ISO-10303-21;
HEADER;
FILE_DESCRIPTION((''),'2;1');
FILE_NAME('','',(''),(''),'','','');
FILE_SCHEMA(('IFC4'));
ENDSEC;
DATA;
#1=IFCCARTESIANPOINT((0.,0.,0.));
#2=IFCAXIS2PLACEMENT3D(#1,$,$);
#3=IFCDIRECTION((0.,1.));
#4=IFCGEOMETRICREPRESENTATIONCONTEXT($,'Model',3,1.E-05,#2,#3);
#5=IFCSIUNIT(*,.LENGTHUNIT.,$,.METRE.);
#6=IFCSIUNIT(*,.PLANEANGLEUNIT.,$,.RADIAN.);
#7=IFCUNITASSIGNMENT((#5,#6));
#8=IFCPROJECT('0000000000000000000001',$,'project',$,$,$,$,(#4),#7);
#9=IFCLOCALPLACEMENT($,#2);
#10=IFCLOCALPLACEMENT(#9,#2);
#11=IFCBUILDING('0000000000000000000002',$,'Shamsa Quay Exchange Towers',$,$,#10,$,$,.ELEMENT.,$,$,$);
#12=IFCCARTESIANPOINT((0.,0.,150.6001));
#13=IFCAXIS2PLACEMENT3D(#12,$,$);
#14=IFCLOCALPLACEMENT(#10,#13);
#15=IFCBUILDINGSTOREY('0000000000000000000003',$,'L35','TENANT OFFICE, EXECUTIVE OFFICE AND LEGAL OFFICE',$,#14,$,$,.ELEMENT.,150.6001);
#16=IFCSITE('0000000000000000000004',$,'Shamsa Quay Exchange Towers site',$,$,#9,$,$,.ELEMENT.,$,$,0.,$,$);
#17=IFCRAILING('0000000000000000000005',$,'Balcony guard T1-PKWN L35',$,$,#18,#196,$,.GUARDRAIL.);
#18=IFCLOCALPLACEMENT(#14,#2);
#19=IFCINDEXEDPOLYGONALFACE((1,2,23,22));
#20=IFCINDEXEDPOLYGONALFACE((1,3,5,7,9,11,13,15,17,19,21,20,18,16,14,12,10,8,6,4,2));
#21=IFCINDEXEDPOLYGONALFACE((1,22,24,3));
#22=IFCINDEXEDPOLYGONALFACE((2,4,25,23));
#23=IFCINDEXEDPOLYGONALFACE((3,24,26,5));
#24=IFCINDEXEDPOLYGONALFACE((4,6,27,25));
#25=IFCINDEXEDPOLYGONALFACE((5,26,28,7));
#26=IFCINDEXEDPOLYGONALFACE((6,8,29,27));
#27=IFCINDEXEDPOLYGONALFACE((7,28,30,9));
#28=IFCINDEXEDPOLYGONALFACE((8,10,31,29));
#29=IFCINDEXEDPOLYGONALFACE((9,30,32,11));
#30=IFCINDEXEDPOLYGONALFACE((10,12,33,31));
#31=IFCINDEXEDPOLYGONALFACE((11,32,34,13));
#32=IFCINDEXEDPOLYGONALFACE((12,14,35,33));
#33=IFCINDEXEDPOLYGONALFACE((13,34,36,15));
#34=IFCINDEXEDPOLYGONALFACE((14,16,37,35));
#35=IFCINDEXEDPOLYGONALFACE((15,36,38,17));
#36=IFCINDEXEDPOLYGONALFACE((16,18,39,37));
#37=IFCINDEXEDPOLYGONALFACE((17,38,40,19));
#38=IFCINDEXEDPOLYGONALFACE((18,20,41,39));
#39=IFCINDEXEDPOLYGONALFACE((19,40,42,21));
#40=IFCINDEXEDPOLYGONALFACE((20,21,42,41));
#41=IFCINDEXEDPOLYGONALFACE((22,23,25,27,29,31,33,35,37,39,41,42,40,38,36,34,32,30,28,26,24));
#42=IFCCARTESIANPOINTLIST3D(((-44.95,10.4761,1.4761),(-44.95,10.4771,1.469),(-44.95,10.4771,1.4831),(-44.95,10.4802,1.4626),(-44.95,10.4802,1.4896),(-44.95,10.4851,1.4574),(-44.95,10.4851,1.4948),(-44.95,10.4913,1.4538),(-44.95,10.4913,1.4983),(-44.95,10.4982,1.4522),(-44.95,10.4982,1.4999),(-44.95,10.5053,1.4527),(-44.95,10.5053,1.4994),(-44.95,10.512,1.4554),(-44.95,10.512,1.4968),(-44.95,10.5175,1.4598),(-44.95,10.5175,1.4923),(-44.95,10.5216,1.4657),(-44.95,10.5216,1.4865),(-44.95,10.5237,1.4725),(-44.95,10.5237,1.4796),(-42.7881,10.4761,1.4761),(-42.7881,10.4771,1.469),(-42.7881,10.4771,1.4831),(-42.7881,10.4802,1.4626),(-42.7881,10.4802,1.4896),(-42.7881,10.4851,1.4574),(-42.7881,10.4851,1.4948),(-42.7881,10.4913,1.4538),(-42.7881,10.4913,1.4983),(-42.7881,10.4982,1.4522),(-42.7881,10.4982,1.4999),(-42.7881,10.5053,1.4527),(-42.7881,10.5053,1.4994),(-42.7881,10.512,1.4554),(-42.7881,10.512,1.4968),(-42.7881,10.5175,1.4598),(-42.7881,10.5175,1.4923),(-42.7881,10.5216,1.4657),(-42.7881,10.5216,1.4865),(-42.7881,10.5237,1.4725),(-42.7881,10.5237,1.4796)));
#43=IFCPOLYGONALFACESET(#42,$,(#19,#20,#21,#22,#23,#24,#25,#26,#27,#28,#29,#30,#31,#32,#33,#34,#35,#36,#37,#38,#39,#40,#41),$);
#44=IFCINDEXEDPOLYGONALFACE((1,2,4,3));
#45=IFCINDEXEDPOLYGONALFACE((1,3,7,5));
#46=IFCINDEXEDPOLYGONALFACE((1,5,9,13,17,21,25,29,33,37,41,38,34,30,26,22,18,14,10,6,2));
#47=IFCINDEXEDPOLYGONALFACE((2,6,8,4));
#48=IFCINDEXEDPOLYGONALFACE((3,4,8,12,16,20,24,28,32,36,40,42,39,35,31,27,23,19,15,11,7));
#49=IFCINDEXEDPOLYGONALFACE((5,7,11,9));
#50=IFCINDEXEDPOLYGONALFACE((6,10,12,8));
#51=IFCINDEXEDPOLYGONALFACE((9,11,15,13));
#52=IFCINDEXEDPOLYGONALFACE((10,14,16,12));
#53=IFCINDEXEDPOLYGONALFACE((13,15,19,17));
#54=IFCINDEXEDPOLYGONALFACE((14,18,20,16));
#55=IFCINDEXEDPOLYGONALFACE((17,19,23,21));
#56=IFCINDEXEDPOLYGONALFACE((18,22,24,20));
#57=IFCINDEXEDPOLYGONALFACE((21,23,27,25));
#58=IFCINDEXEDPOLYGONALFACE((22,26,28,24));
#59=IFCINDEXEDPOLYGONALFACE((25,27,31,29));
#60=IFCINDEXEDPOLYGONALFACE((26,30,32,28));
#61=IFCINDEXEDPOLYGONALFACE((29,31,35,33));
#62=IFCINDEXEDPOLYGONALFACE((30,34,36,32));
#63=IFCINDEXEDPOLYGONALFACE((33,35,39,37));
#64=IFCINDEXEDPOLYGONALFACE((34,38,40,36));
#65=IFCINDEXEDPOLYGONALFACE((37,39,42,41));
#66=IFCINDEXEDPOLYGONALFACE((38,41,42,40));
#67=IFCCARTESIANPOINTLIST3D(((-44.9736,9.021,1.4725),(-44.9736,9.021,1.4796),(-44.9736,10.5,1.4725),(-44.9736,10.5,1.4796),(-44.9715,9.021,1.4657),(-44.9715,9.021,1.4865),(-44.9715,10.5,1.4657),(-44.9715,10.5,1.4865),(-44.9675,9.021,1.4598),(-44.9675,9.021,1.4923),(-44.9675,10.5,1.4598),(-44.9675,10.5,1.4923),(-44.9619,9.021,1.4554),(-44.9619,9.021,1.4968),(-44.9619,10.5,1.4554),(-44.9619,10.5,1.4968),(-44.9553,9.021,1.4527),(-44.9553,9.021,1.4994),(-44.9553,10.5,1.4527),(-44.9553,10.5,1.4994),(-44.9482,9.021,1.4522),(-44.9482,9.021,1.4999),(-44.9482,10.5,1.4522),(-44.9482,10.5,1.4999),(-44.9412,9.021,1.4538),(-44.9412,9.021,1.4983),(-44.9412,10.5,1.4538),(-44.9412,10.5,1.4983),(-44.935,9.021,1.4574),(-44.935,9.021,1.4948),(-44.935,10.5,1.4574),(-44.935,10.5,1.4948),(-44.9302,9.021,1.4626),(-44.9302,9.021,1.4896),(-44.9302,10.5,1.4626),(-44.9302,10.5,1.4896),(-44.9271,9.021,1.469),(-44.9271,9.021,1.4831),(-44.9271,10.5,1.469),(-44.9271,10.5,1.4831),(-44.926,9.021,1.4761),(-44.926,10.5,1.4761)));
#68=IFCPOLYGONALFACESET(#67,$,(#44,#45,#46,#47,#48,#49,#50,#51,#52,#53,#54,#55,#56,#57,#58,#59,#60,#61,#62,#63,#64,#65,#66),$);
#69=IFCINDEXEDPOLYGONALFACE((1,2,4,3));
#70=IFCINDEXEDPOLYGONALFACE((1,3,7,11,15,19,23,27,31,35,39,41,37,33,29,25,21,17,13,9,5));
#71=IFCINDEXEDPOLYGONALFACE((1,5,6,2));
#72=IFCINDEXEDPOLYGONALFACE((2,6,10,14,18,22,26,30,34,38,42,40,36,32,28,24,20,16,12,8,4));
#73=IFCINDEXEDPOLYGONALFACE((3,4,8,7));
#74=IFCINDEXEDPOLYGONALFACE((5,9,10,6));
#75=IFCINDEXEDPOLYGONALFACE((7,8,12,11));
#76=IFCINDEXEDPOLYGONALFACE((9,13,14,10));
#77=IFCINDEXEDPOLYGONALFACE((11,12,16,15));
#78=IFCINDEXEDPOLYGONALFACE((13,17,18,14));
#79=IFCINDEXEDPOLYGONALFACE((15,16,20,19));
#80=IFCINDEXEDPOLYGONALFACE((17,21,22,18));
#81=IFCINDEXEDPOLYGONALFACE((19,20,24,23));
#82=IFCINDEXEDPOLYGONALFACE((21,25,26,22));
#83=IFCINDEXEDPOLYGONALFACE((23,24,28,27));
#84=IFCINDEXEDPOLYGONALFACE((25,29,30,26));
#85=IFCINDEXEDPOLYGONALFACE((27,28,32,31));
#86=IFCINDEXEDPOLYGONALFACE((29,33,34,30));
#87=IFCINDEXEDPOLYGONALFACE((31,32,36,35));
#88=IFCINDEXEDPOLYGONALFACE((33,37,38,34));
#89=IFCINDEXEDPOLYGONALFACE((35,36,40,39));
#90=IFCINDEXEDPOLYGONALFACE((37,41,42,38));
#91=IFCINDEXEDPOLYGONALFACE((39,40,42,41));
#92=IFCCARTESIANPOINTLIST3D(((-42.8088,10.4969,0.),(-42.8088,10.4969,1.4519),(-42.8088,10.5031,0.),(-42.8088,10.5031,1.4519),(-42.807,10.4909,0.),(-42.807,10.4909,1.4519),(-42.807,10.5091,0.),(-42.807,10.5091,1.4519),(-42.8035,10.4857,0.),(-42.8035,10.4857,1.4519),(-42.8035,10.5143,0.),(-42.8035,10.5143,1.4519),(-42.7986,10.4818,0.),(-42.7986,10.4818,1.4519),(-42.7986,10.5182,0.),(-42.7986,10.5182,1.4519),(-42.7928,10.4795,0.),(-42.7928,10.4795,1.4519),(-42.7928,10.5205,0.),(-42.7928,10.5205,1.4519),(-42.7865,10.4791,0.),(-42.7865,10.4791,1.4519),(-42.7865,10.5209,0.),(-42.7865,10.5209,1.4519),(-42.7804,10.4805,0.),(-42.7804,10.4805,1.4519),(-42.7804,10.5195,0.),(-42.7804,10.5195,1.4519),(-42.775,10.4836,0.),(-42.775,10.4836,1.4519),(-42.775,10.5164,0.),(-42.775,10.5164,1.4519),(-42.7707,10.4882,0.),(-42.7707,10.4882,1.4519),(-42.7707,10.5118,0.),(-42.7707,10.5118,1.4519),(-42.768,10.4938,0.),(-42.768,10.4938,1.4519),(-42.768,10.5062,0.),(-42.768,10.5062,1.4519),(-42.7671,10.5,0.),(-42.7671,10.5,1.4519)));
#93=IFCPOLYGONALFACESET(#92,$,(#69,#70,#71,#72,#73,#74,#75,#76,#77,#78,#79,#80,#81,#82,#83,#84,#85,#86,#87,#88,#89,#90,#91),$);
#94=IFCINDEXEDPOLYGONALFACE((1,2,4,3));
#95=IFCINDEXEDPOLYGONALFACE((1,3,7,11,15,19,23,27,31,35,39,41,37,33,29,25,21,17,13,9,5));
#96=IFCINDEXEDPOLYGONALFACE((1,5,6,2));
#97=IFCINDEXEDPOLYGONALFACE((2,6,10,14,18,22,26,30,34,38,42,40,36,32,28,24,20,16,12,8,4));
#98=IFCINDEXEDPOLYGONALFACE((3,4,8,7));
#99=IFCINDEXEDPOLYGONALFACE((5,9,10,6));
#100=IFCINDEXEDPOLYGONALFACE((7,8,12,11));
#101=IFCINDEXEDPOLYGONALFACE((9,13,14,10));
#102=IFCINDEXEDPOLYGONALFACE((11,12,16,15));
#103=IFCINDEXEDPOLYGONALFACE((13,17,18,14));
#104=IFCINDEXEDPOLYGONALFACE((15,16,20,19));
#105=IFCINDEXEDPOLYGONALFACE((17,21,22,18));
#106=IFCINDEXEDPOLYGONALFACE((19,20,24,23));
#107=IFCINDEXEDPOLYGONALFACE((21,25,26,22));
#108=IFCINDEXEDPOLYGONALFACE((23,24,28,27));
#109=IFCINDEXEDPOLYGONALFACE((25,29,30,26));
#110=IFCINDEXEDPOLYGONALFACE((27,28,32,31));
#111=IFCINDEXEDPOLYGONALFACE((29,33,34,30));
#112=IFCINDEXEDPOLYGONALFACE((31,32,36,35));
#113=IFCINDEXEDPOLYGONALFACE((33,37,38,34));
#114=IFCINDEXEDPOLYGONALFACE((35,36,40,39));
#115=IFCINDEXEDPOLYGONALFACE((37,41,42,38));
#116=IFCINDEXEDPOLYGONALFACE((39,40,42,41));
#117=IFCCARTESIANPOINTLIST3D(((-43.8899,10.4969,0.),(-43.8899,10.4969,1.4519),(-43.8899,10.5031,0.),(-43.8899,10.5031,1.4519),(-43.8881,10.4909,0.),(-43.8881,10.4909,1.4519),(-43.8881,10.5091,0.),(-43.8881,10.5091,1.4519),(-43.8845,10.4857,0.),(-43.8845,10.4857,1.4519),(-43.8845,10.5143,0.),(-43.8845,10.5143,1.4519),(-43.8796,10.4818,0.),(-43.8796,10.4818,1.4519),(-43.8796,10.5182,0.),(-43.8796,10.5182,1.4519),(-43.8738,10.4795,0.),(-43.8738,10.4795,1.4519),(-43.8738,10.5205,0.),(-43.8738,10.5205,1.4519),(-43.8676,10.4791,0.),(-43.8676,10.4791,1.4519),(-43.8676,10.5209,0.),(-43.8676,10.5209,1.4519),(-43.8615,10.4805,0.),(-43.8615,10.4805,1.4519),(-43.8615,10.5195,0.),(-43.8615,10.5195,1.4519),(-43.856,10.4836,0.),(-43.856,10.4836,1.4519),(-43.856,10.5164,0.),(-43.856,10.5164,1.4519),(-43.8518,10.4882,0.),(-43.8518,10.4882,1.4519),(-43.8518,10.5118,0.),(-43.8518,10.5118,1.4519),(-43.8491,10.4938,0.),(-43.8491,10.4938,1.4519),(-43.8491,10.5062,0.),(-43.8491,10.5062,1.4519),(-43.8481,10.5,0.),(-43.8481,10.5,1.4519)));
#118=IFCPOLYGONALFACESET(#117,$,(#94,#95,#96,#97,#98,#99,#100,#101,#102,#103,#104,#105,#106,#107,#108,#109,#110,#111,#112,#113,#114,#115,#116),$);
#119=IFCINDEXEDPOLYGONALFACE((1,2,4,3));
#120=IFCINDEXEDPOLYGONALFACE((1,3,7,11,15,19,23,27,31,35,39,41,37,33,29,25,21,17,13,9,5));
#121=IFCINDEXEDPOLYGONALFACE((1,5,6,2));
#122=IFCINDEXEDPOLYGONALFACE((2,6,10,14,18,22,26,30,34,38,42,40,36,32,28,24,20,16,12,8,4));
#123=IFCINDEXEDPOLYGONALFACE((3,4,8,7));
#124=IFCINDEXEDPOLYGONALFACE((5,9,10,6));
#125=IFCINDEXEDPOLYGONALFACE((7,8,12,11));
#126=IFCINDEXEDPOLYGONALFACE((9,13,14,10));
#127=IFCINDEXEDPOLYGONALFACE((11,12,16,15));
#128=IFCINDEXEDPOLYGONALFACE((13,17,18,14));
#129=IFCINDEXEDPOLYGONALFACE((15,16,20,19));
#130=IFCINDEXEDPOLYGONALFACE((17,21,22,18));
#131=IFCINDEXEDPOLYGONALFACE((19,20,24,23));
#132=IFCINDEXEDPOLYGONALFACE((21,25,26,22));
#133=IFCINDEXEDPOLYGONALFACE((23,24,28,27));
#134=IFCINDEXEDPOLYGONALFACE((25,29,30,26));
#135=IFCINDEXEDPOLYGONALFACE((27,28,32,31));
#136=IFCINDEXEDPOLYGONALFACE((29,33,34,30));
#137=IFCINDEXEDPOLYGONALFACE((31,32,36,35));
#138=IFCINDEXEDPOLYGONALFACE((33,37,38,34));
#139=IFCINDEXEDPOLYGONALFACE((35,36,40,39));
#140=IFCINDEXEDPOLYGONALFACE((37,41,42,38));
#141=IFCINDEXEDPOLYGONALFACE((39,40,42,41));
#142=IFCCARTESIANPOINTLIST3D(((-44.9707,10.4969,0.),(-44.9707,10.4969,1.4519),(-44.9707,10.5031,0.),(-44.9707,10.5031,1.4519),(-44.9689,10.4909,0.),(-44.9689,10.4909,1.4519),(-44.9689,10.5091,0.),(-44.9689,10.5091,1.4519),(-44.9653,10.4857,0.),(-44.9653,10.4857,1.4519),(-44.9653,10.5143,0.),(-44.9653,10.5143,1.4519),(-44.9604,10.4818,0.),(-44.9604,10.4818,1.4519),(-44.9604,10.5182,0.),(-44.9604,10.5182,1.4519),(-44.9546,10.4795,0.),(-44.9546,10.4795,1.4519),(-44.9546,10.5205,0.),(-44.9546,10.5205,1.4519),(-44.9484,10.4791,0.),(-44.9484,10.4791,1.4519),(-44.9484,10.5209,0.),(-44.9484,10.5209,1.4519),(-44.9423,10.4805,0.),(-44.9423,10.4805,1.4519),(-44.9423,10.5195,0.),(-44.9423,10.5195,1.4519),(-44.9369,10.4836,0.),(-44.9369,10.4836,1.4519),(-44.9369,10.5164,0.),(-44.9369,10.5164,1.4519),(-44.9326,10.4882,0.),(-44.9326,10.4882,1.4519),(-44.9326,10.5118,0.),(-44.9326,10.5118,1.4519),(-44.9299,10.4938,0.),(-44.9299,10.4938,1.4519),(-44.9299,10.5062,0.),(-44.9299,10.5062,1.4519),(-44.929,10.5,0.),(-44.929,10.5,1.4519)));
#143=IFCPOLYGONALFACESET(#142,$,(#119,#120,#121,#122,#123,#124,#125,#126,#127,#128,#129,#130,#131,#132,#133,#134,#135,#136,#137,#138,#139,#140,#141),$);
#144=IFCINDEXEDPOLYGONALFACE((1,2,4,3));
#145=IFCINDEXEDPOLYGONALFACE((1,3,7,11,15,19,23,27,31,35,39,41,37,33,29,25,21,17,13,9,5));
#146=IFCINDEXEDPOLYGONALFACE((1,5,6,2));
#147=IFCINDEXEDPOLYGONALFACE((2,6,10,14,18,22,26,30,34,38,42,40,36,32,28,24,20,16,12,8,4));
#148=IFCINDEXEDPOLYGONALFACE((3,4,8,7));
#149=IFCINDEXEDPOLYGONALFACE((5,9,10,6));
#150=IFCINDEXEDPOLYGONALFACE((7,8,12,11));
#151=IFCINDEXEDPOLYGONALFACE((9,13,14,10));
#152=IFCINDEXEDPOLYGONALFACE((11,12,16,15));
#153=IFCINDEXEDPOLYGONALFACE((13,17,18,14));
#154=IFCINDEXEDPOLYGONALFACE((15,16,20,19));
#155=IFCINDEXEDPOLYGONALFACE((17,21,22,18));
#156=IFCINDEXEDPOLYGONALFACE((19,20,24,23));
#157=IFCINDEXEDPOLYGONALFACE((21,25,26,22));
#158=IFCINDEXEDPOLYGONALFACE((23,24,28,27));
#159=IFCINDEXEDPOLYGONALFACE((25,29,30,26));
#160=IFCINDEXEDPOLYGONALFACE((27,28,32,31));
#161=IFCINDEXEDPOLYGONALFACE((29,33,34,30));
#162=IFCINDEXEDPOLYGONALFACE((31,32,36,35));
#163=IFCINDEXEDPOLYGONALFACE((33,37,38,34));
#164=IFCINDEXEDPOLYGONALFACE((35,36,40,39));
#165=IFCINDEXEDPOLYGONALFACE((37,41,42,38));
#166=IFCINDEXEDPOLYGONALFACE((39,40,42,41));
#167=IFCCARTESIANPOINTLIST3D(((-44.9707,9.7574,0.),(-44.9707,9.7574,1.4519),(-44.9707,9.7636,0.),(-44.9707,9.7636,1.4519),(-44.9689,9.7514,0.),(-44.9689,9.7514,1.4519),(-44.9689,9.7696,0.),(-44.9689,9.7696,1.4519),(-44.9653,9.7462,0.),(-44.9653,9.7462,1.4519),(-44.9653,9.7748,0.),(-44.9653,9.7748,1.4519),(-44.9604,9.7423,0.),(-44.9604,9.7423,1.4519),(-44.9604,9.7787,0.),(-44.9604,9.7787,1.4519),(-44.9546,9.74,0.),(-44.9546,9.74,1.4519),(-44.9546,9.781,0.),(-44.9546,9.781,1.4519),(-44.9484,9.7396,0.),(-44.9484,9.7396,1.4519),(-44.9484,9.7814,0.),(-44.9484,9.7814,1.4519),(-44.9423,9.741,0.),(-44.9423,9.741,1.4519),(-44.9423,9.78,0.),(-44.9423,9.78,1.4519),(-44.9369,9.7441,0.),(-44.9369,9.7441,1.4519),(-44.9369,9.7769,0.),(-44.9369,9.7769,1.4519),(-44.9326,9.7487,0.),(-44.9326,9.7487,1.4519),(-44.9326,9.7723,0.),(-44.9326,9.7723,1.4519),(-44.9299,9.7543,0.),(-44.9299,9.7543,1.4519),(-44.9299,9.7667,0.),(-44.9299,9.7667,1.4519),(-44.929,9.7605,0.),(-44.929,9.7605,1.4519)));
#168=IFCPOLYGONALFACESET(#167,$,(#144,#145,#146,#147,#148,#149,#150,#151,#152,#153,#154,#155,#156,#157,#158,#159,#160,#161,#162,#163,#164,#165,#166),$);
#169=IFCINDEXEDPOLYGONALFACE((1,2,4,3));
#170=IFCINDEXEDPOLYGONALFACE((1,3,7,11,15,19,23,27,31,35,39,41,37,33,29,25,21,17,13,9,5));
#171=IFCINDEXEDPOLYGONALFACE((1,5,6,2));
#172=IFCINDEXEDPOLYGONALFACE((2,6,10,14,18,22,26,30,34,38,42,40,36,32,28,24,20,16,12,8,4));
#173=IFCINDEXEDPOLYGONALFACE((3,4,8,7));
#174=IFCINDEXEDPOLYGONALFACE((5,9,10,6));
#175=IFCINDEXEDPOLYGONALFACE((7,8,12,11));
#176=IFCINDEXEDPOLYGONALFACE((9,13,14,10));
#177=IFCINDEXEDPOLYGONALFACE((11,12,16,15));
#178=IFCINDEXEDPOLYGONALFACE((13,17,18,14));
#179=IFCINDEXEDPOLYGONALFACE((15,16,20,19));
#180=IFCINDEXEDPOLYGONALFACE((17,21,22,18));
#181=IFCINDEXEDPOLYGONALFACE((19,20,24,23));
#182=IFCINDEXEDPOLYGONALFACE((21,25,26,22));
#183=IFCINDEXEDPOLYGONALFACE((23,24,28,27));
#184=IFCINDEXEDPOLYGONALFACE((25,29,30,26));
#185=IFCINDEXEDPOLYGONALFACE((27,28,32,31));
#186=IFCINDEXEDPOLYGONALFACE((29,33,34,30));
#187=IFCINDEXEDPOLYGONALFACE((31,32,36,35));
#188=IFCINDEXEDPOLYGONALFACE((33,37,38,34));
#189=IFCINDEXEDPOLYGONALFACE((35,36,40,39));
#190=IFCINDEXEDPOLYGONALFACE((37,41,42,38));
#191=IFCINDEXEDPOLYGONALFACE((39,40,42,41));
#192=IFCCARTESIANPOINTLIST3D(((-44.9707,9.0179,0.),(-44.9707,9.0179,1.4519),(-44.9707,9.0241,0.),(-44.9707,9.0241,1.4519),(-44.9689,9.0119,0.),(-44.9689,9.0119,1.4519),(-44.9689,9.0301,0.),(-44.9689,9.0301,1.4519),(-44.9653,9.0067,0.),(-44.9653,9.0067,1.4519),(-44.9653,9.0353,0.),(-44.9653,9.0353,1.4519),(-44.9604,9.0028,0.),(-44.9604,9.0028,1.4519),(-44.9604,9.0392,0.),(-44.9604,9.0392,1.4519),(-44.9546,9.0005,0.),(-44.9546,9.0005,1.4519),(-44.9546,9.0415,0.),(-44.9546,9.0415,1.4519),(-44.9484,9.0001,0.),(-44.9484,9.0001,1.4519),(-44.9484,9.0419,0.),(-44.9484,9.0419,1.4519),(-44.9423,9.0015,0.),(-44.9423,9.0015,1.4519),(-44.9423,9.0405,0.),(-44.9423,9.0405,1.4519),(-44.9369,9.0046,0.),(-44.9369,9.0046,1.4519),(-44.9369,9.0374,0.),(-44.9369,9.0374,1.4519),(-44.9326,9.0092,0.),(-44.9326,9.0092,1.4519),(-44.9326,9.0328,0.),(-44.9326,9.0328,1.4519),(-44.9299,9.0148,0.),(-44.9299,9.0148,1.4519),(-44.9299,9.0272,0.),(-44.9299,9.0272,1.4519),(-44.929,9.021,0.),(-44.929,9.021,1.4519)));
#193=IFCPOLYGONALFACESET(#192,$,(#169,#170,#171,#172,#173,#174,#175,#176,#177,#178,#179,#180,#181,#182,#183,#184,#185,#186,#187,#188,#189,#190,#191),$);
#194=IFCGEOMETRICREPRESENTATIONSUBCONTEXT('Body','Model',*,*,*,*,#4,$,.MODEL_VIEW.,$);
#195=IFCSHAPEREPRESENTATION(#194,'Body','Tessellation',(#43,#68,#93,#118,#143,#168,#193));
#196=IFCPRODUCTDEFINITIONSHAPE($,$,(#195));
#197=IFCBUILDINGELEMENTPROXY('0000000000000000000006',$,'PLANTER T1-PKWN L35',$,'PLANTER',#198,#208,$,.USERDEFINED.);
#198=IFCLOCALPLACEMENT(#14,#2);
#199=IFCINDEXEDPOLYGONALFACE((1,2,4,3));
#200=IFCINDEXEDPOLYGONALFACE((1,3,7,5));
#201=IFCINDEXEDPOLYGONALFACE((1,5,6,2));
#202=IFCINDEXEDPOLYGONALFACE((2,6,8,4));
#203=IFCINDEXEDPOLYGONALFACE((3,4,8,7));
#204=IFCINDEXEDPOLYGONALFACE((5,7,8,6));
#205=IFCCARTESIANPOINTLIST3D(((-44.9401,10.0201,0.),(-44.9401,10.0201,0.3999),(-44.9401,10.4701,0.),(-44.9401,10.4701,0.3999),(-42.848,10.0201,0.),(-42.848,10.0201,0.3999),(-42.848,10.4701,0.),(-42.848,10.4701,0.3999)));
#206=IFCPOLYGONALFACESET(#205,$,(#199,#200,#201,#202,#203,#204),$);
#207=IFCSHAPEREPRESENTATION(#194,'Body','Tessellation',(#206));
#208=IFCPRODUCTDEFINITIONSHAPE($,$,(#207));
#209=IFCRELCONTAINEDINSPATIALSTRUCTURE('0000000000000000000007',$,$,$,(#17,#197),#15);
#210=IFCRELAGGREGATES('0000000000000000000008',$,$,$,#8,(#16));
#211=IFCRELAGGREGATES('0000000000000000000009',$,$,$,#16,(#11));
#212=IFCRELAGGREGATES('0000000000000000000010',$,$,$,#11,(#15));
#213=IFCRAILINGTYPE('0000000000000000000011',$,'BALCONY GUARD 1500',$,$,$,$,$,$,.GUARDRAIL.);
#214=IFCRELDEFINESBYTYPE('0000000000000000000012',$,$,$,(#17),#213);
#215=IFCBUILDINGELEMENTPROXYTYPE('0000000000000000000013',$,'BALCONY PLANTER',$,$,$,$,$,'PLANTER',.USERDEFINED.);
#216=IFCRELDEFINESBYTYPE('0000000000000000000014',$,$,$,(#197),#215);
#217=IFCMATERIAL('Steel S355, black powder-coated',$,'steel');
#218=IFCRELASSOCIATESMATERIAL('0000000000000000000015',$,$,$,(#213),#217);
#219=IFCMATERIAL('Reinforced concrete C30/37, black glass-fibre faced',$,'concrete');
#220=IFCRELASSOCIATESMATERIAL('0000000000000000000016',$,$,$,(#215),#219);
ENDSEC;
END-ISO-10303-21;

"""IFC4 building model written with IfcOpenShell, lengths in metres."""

from ifc_helpers import new_model, si_unit, direction, frame, origin, origin_2d, place, context, subcontext, project, spatial, rectangle, circle, extrude, material, type_object, element, save


model = new_model("IFC4")

# Units and contexts
model_context = context("Model", 3, precision=1e-05, world=origin(), true_north=direction((0.0, 1.0)))
body_context = subcontext(model_context, "Body", "Model", "MODEL_VIEW")
ifc_project = project(units=[si_unit("LENGTHUNIT", "METRE"), si_unit("PLANEANGLEUNIT", "RADIAN")], contexts=[model_context])

# Site, building, storey
site_placement = place(None, origin())
site = spatial("IfcSite", under=ifc_project, at=site_placement, Name="Shamsa Quay Exchange Towers site", CompositionType="ELEMENT", RefElevation=0.0)
building_placement = place(site_placement, origin())
building = spatial("IfcBuilding", under=site, at=building_placement, Name="Shamsa Quay Exchange Towers", CompositionType="ELEMENT")
storey_placement = place(building_placement, frame((0.0, 0.0, 150.6001)))
storey = spatial("IfcBuildingStorey", under=building, at=storey_placement, Name="L35", Description="TENANT OFFICE, EXECUTIVE OFFICE AND LEGAL OFFICE", CompositionType="ELEMENT", Elevation=150.6001)

# Railing
ifc_material_1 = material(Name="Steel S355, black powder-coated", Category="steel")
railing_type = type_object("IfcRailingType", Name="BALCONY GUARD 1500", PredefinedType="GUARDRAIL", material=ifc_material_1)
railing_placement = place(storey_placement, frame((-42.7881, 10.5, 0.0)))
element("IfcRailing", 1, at=railing_placement, inside=storey, type_object=railing_type, Name="Balcony guard T1-PKWN L35", PredefinedType="GUARDRAIL", context=body_context, shape_type="SweptSolid", body=[
    extrude(circle(Radius=0.0239, at=origin_2d()), frame((0.0, 0.0, 1.4761), z_axis=(-1.0, 0.0, 0.0), x_axis=(0.0, -1.0, 0.0)), (0.0, 0.0, 1.0), 2.1619),
    extrude(circle(Radius=0.0239, at=origin_2d()), frame((-2.1619, 0.0, 1.4761), z_axis=(0.0, -1.0, 0.0), x_axis=(1.0, 0.0, 0.0)), (0.0, 0.0, 1.0), 1.479),
    extrude(circle(Radius=0.021, at=origin_2d()), origin(), (0.0, 0.0, 1.0), 1.4519),
    extrude(circle(Radius=0.021, at=origin_2d()), frame((-1.0811, 0.0, 0.0)), (0.0, 0.0, 1.0), 1.4519),
    extrude(circle(Radius=0.021, at=origin_2d()), frame((-2.1619, 0.0, 0.0)), (0.0, 0.0, 1.0), 1.4519),
    extrude(circle(Radius=0.021, at=origin_2d()), frame((-2.1619, -0.7395, 0.0)), (0.0, 0.0, 1.0), 1.4519),
    extrude(circle(Radius=0.021, at=origin_2d()), frame((-2.1619, -1.479, 0.0)), (0.0, 0.0, 1.0), 1.4519),
])

# Building element proxy
ifc_material_2 = material(Name="Reinforced concrete C30/37, black glass-fibre faced", Category="concrete")
building_element_proxy_type = type_object("IfcBuildingElementProxyType", Name="BALCONY PLANTER", ElementType="PLANTER", PredefinedType="USERDEFINED", material=ifc_material_2)
proxy_placement = place(storey_placement, frame((-43.894, 10.2451, 0.0), z_axis=(0.0, 0.0, 1.0), x_axis=(-1.0, 0.0, 0.0)))
element("IfcBuildingElementProxy", 2, at=proxy_placement, inside=storey, type_object=building_element_proxy_type, Name="PLANTER T1-PKWN L35", ObjectType="PLANTER", PredefinedType="USERDEFINED", context=body_context, shape_type="SweptSolid", body=[
    extrude(rectangle(XDim=2.092, YDim=0.45, at=origin_2d()), origin(), (0.0, 0.0, 1.0), 0.3999),
])

save(model, "model.ifc")
